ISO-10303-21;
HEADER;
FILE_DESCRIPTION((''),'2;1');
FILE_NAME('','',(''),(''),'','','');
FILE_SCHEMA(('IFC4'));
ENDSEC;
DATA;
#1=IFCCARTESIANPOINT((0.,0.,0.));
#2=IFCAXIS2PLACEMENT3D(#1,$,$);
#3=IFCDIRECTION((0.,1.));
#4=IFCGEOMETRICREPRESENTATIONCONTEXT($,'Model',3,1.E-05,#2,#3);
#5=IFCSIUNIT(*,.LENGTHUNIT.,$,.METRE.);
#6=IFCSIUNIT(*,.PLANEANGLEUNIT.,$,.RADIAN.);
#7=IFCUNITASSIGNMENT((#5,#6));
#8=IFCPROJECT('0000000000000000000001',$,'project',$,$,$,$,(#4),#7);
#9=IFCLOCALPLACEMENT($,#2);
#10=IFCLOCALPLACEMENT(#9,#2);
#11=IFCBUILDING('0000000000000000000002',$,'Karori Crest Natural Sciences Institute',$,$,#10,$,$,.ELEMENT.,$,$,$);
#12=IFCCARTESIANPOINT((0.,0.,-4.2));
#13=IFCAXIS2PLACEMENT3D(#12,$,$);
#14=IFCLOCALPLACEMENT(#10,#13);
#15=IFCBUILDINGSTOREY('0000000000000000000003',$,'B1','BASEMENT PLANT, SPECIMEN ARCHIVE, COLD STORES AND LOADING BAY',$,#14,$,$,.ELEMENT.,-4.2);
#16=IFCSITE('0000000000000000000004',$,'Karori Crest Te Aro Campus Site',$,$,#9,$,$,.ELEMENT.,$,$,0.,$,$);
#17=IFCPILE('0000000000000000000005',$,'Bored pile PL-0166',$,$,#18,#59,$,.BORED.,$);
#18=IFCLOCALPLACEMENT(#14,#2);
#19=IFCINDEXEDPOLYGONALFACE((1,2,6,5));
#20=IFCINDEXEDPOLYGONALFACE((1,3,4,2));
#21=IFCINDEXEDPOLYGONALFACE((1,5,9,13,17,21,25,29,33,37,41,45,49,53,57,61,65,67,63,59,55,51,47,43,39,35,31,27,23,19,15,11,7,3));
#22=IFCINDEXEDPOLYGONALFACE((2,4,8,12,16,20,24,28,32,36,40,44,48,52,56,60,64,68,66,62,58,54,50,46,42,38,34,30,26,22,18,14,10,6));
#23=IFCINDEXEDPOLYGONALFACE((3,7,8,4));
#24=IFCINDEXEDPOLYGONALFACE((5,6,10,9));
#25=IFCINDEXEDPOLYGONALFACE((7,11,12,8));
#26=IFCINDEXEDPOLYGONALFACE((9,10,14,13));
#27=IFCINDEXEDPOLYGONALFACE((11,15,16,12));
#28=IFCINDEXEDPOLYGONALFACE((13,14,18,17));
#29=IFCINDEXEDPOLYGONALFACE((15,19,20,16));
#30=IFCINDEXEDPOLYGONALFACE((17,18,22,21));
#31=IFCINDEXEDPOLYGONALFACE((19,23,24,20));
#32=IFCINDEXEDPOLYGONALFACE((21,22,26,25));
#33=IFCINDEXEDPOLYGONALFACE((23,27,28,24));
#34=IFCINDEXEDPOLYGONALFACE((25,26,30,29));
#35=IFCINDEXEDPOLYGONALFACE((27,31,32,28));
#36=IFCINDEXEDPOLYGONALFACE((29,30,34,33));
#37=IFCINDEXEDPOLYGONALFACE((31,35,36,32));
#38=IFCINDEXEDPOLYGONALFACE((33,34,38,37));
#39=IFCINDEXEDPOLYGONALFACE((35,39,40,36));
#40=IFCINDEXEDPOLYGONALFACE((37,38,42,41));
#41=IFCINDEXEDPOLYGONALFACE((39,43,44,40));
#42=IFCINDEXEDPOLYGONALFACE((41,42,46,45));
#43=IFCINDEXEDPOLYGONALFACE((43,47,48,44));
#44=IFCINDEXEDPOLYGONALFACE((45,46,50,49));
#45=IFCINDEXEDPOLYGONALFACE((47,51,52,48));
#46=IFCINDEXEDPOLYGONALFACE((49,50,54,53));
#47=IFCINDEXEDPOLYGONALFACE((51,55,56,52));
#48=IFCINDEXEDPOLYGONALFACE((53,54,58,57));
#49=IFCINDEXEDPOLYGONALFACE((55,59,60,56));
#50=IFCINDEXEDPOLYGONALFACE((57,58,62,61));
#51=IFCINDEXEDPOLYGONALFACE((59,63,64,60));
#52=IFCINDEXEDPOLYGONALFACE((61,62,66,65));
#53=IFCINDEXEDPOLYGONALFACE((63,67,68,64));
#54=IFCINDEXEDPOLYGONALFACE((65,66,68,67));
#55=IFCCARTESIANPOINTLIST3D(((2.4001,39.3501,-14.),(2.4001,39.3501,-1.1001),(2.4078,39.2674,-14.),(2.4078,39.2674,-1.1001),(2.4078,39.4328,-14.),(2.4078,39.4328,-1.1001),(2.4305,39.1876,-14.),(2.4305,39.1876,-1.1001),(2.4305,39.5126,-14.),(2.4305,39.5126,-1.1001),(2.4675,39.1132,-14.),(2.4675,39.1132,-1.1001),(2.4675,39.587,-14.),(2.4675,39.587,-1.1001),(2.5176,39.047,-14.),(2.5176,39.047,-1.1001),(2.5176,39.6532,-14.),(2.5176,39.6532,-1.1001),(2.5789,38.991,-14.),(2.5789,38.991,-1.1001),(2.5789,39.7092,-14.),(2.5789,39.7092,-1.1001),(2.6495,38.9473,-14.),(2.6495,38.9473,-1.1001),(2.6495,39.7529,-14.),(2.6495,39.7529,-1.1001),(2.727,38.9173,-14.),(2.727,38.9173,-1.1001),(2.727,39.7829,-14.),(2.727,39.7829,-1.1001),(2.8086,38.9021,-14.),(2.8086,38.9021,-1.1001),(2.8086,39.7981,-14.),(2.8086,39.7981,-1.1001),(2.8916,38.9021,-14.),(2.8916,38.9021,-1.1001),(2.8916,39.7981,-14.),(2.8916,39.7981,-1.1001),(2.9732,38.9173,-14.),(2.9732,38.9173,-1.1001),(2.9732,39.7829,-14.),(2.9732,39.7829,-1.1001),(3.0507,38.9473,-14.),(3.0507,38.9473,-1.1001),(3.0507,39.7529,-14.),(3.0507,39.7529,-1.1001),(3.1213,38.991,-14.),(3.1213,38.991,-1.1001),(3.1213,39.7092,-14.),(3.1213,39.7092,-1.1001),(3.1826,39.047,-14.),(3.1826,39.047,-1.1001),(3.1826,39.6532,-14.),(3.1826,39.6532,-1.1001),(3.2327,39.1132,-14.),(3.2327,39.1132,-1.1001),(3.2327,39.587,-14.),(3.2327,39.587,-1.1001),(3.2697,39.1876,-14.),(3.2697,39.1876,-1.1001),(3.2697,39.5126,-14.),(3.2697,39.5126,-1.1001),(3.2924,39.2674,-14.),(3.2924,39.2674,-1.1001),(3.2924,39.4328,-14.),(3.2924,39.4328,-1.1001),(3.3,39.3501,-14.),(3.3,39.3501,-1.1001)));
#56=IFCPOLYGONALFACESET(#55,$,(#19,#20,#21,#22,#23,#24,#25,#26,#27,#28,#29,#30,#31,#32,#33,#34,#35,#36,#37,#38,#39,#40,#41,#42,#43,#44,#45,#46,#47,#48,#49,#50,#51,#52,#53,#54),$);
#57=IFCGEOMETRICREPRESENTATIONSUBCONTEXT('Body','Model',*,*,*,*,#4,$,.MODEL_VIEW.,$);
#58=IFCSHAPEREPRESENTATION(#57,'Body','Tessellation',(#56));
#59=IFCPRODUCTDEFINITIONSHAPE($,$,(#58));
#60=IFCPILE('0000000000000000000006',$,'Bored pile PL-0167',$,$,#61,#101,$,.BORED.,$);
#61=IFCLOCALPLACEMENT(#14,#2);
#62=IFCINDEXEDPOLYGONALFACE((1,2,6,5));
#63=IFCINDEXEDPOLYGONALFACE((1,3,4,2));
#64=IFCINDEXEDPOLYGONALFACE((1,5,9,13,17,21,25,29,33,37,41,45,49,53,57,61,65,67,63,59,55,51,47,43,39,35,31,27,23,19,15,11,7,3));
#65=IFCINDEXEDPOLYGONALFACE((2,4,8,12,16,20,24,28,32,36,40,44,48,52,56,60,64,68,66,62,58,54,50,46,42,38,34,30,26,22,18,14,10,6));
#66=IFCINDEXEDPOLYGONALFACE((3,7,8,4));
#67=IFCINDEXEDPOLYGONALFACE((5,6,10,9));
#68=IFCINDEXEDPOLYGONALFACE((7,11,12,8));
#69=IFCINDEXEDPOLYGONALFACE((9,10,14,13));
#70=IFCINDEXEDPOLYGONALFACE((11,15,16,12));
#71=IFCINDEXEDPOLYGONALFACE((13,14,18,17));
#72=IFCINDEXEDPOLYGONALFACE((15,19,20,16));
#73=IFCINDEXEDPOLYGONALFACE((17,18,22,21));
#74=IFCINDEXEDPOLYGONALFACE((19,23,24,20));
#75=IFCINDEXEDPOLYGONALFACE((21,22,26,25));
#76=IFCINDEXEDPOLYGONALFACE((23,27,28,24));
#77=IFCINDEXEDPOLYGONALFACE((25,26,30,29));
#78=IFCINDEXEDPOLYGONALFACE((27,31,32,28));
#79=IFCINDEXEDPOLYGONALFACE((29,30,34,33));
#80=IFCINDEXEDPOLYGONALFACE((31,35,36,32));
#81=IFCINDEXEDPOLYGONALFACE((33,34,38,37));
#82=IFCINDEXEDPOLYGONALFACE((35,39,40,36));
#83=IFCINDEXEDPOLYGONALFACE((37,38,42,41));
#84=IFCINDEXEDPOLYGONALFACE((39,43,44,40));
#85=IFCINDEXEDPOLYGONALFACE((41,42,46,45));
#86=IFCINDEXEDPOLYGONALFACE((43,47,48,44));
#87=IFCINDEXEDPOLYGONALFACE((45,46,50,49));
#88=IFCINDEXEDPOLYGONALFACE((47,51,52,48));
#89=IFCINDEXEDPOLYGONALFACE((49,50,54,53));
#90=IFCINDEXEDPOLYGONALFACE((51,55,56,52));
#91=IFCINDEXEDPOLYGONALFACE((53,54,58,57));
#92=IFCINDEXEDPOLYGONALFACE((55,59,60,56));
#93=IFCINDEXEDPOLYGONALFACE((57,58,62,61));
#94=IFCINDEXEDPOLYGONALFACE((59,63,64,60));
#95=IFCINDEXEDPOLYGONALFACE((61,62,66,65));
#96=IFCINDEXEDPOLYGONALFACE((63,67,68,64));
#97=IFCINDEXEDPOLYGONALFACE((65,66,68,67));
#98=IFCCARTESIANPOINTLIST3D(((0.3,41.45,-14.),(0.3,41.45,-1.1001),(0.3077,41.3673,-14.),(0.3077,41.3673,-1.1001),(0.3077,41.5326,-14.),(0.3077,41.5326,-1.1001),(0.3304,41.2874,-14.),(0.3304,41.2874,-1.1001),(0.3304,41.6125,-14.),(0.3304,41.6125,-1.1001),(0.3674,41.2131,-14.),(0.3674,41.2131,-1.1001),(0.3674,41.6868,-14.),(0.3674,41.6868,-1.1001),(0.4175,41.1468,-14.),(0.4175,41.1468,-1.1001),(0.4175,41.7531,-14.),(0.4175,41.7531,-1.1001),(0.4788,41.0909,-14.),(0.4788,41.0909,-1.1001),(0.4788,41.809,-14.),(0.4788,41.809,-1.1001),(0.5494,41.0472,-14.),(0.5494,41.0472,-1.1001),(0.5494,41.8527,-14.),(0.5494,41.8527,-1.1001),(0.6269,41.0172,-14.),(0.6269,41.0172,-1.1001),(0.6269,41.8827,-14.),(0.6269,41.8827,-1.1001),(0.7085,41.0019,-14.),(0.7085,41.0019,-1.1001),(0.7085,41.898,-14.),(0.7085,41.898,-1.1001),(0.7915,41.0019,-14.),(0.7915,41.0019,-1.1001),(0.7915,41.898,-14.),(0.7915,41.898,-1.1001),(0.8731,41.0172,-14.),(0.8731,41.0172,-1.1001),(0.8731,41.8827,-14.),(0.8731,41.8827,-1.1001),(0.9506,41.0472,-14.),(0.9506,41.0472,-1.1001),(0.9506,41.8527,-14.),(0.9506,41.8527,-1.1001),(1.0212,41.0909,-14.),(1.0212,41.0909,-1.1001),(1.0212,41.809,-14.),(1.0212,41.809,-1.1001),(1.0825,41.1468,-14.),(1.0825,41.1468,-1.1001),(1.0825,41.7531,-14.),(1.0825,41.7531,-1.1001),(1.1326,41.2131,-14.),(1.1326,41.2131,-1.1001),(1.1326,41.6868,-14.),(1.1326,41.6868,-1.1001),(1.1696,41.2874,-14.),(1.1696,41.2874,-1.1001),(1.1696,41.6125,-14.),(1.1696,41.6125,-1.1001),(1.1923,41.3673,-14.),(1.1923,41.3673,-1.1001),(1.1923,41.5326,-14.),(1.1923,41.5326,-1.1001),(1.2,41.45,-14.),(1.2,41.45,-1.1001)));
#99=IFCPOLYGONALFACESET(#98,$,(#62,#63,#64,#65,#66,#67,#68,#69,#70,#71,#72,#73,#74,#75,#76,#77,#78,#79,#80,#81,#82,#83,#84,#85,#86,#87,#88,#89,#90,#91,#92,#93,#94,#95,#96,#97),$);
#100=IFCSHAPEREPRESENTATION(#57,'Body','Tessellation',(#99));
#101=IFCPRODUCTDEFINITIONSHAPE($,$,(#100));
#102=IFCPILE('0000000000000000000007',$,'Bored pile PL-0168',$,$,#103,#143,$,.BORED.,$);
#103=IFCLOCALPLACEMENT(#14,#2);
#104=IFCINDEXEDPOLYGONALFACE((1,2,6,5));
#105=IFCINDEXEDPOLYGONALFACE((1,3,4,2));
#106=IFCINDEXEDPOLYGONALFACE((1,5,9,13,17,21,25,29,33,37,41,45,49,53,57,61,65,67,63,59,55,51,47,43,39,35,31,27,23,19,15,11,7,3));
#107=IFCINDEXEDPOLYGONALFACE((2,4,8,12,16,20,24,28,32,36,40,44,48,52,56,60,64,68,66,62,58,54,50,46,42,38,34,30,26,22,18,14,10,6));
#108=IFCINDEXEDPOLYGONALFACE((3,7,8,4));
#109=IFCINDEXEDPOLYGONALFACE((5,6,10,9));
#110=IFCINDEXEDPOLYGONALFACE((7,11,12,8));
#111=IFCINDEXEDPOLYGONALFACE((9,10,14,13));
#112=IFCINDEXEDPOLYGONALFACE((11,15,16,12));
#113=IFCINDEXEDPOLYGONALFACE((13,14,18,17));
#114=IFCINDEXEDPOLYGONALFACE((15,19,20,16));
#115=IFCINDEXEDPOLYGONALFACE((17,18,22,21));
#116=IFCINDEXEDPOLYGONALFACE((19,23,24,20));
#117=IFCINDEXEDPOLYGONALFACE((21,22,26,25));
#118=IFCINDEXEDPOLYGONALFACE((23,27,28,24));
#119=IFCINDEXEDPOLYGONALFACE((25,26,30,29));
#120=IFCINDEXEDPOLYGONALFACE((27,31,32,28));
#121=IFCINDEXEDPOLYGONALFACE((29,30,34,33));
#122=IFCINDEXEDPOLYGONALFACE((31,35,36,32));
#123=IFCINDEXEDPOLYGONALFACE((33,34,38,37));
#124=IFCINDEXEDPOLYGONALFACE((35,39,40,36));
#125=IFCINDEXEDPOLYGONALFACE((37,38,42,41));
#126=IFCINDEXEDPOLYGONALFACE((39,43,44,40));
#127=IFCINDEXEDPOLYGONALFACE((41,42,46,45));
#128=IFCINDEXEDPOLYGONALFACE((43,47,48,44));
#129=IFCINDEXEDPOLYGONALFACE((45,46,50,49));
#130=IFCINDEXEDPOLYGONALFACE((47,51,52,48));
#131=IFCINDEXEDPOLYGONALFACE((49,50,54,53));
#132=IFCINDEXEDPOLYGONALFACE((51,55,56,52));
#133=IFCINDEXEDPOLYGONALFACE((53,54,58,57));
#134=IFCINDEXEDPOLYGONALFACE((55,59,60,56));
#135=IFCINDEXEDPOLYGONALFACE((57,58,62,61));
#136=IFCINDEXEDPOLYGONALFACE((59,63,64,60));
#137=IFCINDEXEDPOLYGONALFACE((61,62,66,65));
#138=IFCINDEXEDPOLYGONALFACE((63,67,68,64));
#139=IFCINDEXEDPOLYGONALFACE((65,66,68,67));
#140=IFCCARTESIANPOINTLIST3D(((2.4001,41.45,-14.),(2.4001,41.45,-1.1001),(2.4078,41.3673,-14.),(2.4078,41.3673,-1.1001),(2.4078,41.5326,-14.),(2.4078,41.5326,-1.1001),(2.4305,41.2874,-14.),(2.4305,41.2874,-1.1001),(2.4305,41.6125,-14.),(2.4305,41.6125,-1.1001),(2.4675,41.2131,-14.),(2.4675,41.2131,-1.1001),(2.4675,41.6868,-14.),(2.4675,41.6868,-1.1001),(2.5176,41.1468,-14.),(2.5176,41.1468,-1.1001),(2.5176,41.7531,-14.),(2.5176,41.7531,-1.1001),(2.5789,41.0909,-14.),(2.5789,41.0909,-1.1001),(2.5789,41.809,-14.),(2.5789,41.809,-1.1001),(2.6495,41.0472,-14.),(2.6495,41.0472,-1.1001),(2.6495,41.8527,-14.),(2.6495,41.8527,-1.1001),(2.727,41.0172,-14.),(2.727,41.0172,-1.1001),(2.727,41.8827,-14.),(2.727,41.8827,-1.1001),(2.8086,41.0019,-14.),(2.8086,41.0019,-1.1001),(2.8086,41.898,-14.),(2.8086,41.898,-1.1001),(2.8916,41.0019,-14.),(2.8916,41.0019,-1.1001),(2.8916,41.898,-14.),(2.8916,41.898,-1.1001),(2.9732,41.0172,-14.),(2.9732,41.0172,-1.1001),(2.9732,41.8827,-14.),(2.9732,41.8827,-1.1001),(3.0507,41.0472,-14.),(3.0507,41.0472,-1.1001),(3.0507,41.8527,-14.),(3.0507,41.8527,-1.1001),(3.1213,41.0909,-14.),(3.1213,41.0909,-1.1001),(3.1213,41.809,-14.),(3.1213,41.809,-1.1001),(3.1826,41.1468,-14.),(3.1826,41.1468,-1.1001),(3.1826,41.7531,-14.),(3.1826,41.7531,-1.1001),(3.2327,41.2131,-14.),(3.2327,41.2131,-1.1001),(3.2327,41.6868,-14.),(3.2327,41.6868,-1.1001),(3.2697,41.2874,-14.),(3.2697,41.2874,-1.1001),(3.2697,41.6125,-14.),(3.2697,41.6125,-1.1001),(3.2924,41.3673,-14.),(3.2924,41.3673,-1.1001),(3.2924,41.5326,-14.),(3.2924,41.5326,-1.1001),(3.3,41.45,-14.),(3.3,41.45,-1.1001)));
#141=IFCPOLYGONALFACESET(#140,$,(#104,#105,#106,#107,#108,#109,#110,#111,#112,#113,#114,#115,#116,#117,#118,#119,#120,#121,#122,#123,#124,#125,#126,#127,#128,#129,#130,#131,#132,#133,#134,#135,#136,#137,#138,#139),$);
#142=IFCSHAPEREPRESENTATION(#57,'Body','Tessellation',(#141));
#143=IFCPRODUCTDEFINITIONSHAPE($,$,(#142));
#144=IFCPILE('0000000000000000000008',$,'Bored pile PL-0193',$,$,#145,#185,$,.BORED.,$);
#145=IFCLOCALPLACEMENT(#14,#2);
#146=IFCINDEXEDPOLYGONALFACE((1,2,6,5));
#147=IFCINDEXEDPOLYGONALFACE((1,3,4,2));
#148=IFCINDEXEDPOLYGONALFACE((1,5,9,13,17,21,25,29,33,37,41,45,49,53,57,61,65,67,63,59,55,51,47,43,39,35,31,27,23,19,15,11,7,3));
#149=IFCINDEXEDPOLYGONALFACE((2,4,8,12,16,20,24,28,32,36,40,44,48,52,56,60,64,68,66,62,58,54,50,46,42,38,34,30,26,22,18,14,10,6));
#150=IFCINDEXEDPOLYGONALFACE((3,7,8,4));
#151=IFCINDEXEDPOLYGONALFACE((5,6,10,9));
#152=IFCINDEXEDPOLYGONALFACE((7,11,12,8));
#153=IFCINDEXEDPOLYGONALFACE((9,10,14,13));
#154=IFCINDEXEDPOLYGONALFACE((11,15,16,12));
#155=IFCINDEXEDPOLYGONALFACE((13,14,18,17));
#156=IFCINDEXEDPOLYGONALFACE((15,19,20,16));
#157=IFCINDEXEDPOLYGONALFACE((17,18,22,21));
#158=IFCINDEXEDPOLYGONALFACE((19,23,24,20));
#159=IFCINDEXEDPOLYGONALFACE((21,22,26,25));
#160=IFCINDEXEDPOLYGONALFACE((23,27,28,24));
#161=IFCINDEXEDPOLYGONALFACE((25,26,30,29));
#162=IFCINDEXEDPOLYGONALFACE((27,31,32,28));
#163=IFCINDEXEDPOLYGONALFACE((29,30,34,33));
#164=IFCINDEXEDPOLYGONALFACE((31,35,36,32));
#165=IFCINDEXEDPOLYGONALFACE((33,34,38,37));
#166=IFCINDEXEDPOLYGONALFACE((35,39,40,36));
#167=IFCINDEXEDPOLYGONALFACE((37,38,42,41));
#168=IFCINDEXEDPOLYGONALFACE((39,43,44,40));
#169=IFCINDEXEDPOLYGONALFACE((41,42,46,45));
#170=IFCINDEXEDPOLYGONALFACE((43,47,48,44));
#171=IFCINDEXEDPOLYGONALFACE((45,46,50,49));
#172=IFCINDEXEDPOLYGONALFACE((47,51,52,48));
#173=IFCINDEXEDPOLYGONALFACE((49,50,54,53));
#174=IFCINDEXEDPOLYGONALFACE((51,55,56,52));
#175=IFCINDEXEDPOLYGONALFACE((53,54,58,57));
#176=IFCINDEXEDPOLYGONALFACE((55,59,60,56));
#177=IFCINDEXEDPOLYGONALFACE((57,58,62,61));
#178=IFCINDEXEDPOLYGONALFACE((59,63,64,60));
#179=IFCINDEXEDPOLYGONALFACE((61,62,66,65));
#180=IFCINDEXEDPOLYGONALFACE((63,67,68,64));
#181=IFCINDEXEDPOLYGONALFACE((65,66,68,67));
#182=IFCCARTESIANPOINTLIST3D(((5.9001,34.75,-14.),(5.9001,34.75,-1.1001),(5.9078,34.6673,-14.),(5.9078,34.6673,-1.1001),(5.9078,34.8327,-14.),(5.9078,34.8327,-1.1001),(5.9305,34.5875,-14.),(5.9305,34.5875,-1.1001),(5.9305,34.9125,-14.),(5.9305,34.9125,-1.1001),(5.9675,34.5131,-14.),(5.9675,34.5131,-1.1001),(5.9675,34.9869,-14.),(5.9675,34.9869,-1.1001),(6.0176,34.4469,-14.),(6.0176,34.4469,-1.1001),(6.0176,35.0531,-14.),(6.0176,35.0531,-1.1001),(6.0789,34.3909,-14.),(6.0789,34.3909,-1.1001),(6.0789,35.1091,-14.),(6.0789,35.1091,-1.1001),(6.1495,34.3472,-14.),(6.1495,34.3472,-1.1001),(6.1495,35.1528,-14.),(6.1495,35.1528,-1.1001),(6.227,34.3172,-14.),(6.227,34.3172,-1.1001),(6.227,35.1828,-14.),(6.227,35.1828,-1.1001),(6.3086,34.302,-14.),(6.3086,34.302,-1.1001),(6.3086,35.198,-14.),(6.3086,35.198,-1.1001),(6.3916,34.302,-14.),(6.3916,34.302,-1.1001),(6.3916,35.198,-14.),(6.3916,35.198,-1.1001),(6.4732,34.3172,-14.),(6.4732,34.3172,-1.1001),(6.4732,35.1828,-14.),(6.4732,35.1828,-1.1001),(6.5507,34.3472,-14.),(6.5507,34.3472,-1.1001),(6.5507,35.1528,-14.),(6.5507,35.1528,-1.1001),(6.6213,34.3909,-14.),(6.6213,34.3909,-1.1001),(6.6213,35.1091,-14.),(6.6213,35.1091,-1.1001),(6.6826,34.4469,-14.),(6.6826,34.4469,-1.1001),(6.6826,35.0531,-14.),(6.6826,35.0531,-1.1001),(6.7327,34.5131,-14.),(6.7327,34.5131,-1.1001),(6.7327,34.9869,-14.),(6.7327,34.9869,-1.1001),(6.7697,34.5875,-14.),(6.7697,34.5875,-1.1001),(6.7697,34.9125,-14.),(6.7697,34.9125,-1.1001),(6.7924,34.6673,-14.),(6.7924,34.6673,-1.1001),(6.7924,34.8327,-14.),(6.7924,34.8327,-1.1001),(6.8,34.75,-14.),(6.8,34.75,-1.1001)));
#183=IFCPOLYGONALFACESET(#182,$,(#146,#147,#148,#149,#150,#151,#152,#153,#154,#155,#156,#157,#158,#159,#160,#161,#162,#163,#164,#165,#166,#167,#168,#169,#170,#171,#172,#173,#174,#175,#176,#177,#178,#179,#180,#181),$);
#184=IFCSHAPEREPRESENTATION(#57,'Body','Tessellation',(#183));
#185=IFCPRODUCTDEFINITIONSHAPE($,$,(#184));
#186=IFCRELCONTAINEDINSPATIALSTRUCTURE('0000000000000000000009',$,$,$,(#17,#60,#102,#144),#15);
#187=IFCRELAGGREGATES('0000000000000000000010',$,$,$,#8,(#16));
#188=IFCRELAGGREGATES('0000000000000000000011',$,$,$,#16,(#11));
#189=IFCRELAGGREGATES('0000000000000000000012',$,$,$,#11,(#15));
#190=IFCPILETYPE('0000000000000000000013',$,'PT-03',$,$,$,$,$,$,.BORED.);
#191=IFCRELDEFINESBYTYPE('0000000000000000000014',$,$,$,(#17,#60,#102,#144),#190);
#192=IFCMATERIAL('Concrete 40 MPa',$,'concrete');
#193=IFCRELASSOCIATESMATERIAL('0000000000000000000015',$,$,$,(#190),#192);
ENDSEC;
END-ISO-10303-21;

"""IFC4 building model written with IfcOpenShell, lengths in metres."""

from ifc_helpers import new_model, si_unit, direction, frame, origin, origin_2d, place, context, subcontext, project, spatial, circle, extrude, material, material_profile, profile_set, type_object, element, save


model = new_model("IFC4")

# Units and contexts
model_context = context("Model", 3, precision=1e-05, world=origin(), true_north=direction((0.0, 1.0)))
body_context = subcontext(model_context, "Body", "Model", "MODEL_VIEW")
ifc_project = project(units=[si_unit("LENGTHUNIT", "METRE"), si_unit("PLANEANGLEUNIT", "RADIAN")], contexts=[model_context])

# Site, building, storey
site_placement = place(None, origin())
site = spatial("IfcSite", under=ifc_project, at=site_placement, Name="Karori Crest Te Aro Campus Site", CompositionType="ELEMENT", RefElevation=0.0)
building_placement = place(site_placement, origin())
building = spatial("IfcBuilding", under=site, at=building_placement, Name="Karori Crest Natural Sciences Institute", CompositionType="ELEMENT")
storey_placement = place(building_placement, frame((0.0, 0.0, -4.2)))
storey = spatial("IfcBuildingStorey", under=building, at=storey_placement, Name="B1", Description="BASEMENT PLANT, SPECIMEN ARCHIVE, COLD STORES AND LOADING BAY", CompositionType="ELEMENT", Elevation=-4.2)

# Shared definitions
ifc_material_1 = material(Name="Concrete 40 MPa", Category="concrete")

# Piles
ifc_material_profile_1 = material_profile(ifc_material_1, circle(Radius=0.45, at=origin_2d()), Name="PILE900")
ifc_profile_set_1 = profile_set([ifc_material_profile_1], Name="Concrete 40 MPa")
pile_type = type_object("IfcPileType", Name="PT-03", PredefinedType="BORED", material=ifc_profile_set_1)
for number, where, z_axis, x_axis, name in (
    (1, (2.8501, 39.3501, -1.1001), (0.0, 0.0, -1.0), (1.0, 0.0, 0.0), "Bored pile PL-0166"),
    (2, (0.75, 41.45, -1.1001), (0.0, 0.0, -1.0), (1.0, 0.0, 0.0), "Bored pile PL-0167"),
    (3, (2.8501, 41.45, -1.1001), (0.0, 0.0, -1.0), (1.0, 0.0, 0.0), "Bored pile PL-0168"),
    (4, (6.3501, 34.75, -1.1001), (0.0, 0.0, -1.0), (1.0, 0.0, 0.0), "Bored pile PL-0193"),
):
    element("IfcPile", number, at=place(storey_placement, frame(where, z_axis=z_axis, x_axis=x_axis)), inside=storey, type_object=pile_type, Name=name, PredefinedType="BORED", context=body_context, shape_type="SweptSolid", body=[
        extrude(circle(Radius=0.45, at=origin_2d()), origin(), (0.0, 0.0, 1.0), 12.8999),
    ])

save(model, "model.ifc")
